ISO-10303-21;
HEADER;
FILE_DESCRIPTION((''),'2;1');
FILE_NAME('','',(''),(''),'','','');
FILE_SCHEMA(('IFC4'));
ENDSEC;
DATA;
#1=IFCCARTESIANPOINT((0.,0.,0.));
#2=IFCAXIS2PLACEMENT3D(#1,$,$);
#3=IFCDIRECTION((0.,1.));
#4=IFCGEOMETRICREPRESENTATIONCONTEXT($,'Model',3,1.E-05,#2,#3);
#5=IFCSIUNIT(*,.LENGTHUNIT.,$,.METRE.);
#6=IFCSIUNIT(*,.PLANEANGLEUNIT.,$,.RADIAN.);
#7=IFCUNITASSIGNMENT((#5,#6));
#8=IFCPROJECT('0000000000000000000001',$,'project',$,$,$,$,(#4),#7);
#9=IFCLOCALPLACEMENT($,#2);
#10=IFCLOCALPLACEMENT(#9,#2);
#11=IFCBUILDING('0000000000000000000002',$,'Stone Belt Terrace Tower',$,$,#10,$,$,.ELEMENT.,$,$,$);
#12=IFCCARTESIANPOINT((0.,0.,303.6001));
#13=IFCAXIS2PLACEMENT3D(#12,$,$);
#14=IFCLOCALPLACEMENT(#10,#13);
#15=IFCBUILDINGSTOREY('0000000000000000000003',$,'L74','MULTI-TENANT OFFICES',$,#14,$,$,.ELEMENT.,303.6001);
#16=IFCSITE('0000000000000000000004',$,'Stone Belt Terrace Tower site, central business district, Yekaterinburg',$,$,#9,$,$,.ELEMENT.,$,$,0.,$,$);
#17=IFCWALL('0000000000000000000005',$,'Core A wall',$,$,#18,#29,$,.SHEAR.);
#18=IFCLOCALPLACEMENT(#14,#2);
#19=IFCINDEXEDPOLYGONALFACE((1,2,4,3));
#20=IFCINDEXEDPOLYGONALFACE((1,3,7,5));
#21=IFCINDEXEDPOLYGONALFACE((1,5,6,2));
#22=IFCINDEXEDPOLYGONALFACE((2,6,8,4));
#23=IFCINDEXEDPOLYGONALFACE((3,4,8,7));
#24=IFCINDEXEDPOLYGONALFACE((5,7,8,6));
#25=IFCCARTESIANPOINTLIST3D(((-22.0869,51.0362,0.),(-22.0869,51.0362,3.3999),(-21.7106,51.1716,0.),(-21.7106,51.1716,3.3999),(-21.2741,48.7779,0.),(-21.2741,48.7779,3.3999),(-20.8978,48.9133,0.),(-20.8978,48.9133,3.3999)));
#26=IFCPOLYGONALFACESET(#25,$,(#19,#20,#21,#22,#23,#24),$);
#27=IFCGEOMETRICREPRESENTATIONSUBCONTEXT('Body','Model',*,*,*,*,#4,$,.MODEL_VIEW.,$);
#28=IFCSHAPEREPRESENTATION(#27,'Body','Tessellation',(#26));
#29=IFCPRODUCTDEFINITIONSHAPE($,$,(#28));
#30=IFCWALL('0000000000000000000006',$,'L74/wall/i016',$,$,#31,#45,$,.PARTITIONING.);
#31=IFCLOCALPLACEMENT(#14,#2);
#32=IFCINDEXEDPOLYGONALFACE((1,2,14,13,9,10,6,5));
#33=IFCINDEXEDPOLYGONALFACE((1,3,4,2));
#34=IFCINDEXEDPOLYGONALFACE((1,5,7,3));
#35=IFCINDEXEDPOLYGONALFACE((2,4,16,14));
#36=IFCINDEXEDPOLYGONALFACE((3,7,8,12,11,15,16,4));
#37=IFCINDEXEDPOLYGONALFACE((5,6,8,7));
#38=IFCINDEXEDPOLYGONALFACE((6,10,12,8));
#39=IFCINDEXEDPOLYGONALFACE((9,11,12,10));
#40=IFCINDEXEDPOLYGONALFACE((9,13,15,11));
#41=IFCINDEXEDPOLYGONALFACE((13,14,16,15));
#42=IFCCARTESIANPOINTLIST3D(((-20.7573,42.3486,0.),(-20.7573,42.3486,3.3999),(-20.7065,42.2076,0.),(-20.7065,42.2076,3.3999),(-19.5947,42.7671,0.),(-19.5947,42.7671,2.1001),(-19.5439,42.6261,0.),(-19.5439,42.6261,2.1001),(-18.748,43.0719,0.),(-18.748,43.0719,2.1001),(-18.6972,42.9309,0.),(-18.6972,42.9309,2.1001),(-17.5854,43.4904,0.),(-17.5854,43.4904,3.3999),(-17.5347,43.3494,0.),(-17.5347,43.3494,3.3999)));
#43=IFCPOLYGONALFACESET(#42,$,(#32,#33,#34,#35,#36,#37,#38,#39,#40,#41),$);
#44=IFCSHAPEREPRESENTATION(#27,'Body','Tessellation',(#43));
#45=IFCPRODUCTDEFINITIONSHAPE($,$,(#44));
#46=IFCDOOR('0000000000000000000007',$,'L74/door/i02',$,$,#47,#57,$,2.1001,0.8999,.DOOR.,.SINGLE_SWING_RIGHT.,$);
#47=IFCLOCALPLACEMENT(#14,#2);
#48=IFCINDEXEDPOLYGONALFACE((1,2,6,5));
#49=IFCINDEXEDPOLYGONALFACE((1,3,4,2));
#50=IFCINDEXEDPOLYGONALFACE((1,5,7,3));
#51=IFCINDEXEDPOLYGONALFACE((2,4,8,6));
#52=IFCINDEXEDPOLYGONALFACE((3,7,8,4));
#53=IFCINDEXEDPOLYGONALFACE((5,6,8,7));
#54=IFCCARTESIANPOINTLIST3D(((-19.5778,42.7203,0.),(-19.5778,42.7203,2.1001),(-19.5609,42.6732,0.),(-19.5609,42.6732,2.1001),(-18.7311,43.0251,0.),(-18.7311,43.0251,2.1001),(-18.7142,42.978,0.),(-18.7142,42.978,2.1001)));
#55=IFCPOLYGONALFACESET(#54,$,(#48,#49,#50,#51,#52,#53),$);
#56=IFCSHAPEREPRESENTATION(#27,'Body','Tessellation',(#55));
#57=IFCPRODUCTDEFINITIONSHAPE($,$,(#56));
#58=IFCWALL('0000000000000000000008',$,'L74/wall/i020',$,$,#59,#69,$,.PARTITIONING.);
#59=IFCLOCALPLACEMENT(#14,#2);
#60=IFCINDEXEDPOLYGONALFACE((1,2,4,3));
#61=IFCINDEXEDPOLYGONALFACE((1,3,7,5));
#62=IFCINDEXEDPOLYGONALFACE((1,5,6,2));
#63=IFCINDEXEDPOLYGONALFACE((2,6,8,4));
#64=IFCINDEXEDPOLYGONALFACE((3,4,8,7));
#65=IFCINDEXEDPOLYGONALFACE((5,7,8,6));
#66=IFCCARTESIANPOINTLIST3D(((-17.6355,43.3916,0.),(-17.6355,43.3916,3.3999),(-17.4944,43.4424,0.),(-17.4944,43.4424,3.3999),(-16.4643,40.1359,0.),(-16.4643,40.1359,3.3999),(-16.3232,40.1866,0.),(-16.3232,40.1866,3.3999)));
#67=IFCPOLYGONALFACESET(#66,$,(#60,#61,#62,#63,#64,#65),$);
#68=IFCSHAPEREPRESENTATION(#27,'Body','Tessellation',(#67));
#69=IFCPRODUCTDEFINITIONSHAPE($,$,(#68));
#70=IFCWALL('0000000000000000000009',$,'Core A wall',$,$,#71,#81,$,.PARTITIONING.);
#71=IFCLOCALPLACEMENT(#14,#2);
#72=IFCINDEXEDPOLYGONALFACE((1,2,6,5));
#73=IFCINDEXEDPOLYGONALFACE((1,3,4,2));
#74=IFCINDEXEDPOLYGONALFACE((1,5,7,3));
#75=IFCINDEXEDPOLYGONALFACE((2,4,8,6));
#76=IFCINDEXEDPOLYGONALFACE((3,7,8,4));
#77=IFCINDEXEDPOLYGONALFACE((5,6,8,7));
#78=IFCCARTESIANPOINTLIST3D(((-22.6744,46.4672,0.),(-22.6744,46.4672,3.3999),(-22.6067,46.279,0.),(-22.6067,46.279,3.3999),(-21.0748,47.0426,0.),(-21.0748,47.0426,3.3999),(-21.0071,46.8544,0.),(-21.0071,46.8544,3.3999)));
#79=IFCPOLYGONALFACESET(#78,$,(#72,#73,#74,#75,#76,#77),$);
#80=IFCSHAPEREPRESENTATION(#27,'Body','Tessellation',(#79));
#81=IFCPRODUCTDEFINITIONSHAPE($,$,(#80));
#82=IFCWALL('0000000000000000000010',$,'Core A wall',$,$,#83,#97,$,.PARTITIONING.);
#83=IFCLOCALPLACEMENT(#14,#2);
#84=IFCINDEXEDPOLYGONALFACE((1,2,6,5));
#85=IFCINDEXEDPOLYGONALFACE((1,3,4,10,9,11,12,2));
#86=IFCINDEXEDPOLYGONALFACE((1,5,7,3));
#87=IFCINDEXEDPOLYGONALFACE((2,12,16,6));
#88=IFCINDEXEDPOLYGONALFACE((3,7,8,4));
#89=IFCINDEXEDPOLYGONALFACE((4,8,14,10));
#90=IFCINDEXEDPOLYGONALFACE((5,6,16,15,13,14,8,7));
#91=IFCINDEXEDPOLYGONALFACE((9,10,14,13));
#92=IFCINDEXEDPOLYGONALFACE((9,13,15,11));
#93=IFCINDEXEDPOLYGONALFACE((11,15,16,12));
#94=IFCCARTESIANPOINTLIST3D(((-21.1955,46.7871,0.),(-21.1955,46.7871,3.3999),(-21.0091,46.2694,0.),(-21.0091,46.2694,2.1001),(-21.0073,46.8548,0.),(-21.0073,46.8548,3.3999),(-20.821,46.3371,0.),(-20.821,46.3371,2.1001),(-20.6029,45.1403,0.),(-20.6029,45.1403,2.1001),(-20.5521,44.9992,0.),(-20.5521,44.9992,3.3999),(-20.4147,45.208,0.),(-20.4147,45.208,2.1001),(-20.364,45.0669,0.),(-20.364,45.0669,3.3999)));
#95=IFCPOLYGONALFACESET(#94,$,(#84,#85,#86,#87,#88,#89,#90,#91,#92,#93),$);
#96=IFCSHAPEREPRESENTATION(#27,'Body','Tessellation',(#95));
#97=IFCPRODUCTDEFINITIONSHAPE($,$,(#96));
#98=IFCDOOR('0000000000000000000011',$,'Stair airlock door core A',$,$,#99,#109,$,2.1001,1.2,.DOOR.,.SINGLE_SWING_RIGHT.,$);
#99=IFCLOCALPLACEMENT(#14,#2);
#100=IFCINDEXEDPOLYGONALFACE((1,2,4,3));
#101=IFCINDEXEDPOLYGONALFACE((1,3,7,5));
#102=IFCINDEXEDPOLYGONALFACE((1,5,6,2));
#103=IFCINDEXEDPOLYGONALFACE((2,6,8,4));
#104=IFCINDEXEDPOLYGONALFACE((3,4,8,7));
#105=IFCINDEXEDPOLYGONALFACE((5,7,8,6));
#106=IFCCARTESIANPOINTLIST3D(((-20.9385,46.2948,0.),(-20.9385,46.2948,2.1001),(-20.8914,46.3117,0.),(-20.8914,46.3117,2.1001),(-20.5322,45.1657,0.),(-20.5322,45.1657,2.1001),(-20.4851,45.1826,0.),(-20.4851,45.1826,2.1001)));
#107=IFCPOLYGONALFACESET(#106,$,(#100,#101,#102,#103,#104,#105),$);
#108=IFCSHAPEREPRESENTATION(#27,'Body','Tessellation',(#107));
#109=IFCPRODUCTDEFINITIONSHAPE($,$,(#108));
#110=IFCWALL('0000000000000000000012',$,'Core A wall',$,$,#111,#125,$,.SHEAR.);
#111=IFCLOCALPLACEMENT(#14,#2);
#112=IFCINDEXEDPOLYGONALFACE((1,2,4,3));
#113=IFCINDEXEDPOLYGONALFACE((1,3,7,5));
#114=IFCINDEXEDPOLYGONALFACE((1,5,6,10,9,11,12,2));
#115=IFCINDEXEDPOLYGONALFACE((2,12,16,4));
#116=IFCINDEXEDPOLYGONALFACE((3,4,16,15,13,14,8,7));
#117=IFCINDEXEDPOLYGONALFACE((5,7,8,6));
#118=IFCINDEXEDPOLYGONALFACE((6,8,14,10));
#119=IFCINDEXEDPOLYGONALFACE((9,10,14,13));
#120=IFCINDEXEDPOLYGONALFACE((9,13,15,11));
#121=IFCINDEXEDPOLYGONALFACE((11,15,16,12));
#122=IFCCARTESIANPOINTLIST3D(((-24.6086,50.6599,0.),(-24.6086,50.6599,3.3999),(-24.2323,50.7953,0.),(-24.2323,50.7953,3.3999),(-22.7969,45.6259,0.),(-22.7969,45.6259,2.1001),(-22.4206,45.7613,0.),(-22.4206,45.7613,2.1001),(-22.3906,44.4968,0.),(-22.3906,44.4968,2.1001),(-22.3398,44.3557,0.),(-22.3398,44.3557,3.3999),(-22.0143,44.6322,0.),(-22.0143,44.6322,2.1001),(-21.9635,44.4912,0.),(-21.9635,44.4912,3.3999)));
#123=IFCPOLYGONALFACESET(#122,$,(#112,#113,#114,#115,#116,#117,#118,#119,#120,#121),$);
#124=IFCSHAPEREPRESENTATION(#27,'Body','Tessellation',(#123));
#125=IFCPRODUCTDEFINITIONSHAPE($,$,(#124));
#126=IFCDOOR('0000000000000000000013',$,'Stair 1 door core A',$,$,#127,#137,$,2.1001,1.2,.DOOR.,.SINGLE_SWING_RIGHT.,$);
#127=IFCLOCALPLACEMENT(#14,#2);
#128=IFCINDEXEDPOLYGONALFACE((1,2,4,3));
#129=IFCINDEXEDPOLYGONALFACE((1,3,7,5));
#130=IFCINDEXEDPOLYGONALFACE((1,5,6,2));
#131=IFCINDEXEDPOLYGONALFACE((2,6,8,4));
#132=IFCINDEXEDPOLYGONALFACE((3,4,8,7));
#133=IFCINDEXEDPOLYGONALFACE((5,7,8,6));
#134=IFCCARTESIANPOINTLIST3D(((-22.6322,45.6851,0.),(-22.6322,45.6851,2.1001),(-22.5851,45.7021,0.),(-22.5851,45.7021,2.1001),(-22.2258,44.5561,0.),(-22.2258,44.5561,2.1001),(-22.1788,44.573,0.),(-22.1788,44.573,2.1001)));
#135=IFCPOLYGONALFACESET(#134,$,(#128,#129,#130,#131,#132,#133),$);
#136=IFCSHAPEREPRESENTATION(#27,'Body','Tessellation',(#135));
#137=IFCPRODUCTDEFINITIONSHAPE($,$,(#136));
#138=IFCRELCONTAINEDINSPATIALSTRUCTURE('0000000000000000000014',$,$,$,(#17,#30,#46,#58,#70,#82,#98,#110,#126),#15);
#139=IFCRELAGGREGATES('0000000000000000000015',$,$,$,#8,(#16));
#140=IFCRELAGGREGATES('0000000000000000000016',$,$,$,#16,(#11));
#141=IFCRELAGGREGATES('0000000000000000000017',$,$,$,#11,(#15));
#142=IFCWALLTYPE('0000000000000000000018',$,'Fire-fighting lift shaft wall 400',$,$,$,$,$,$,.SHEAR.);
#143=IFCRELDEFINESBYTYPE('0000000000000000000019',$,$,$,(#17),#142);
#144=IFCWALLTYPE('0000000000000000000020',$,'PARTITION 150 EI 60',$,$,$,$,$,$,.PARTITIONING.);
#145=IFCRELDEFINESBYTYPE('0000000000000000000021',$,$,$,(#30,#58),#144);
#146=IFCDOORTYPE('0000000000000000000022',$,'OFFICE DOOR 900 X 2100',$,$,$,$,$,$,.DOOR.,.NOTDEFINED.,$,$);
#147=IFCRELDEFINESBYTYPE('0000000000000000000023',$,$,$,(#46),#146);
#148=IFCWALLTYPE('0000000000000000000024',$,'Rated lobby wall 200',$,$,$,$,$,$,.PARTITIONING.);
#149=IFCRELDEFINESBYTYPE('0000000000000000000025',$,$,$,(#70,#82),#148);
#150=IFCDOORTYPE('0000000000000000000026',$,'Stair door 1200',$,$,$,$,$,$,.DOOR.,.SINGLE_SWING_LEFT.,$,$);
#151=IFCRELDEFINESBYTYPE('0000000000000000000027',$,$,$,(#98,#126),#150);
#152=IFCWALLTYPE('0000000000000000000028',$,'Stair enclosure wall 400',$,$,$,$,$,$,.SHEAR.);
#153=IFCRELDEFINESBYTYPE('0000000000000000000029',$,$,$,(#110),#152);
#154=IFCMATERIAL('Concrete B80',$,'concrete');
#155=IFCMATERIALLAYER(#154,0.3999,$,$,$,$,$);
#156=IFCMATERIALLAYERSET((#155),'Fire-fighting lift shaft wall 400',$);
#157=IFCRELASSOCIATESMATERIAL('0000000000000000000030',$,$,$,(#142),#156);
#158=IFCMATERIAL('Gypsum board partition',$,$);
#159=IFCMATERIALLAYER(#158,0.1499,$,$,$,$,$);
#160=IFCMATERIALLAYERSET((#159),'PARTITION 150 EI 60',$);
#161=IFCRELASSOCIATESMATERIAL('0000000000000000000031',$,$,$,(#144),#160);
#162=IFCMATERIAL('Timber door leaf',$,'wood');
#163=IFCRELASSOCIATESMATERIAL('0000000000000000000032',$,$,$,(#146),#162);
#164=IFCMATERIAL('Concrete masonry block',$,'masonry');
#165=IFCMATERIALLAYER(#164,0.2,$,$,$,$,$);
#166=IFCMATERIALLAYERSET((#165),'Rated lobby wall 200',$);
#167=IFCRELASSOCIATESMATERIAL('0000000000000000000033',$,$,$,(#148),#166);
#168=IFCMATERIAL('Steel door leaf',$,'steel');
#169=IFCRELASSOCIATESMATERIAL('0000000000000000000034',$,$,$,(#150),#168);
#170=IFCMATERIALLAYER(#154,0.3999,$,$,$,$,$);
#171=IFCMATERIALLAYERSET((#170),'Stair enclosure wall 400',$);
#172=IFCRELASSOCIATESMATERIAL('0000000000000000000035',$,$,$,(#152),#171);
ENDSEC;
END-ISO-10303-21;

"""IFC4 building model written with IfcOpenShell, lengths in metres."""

from ifc_helpers import new_model, si_unit, direction, frame, frame_2d, origin, place, context, subcontext, project, spatial, rectangle, extrude, material, layer, layer_set, type_object, element, fill, save


model = new_model("IFC4")

# Units and contexts
model_context = context("Model", 3, precision=1e-05, world=origin(), true_north=direction((0.0, 1.0)))
body_context = subcontext(model_context, "Body", "Model", "MODEL_VIEW")
ifc_project = project(units=[si_unit("LENGTHUNIT", "METRE"), si_unit("PLANEANGLEUNIT", "RADIAN")], contexts=[model_context])

# Site, building, storey
site_placement = place(None, origin())
site = spatial("IfcSite", under=ifc_project, at=site_placement, Name="Stone Belt Terrace Tower site, central business district, Yekaterinburg", CompositionType="ELEMENT", RefElevation=0.0)
building_placement = place(site_placement, origin())
building = spatial("IfcBuilding", under=site, at=building_placement, Name="Stone Belt Terrace Tower", CompositionType="ELEMENT")
storey_placement = place(building_placement, frame((0.0, 0.0, 303.6001)))
storey = spatial("IfcBuildingStorey", under=building, at=storey_placement, Name="L74", Description="MULTI-TENANT OFFICES", CompositionType="ELEMENT", Elevation=303.6001)

# Wall
ifc_material_1 = material(Name="Concrete B80", Category="concrete")
ifc_layer_1 = layer(ifc_material_1, 0.3999)
ifc_layer_set_1 = layer_set([ifc_layer_1], Name="Fire-fighting lift shaft wall 400")
wall_type_1 = type_object("IfcWallType", Name="Fire-fighting lift shaft wall 400", PredefinedType="SHEAR", material=ifc_layer_set_1)
wall_1_placement = place(storey_placement, frame((-21.0859, 48.8455, 0.0), z_axis=(0.0, 0.0, 1.0), x_axis=(-0.338629, 0.94092, 0.0)))
element("IfcWall", 1, at=wall_1_placement, inside=storey, type_object=wall_type_1, Name="Core A wall", PredefinedType="SHEAR", context=body_context, shape_type="SweptSolid", body=[
    extrude(rectangle(XDim=2.4001, YDim=0.3999, at=frame_2d((1.2002, 0.0))), origin(), (0.0, 0.0, 1.0), 3.3999),
])

# Wall, opening, door
ifc_material_2 = material(Name="Gypsum board partition")
ifc_layer_2 = layer(ifc_material_2, 0.1499)
ifc_layer_set_2 = layer_set([ifc_layer_2], Name="PARTITION 150 EI 60")
wall_type_2 = type_object("IfcWallType", Name="PARTITION 150 EI 60", PredefinedType="PARTITIONING", material=ifc_layer_set_2)
wall_2_placement = place(storey_placement, frame((-17.5601, 43.4199, 0.0), z_axis=(0.0, 0.0, 1.0), x_axis=(-0.94089, -0.338712, 0.0)))
wall_2 = element("IfcWall", 2, at=wall_2_placement, inside=storey, type_object=wall_type_2, Name="L74/wall/i016", PredefinedType="PARTITIONING", context=body_context, shape_type="SweptSolid", body=[
    extrude(rectangle(XDim=3.3711, YDim=0.1499, at=frame_2d((1.6855, 0.0))), origin(), (0.0, 0.0, 1.0), 3.3999),
])
opening_1_placement = place(wall_2_placement, frame((1.2356, 0.0, 0.0)))
opening_1 = element("IfcOpeningElement", 3, at=opening_1_placement, cuts=wall_2, PredefinedType="OPENING", context=body_context, shape_type="SweptSolid", body=[
    extrude(rectangle(XDim=0.8999, YDim=2.1001, at=frame_2d((0.45, 1.05))), frame((0.0, 0.085, 0.0), z_axis=(0.0, -1.0, 0.0), x_axis=(1.0, 0.0, 0.0)), (0.0, 0.0, 1.0), 0.1699),
])
ifc_material_3 = material(Name="Timber door leaf", Category="wood")
door_type_1 = type_object("IfcDoorType", Name="OFFICE DOOR 900 X 2100", OperationType="NOTDEFINED", PredefinedType="DOOR", material=ifc_material_3)
door_1_placement = place(opening_1_placement, origin())
door_1 = element("IfcDoor", 4, at=door_1_placement, inside=storey, type_object=door_type_1, Name="L74/door/i02", OperationType="SINGLE_SWING_RIGHT", OverallHeight=2.1001, OverallWidth=0.8999, PredefinedType="DOOR", context=body_context, shape_type="SweptSolid", body=[
    extrude(rectangle(XDim=0.8999, YDim=2.1001, at=frame_2d((0.45, 1.05))), frame((0.0, 0.0249, 0.0), z_axis=(0.0, -1.0, 0.0), x_axis=(1.0, 0.0, 0.0)), (0.0, 0.0, 1.0), 0.05),
])
fill(opening_1, door_1)

# Walls
wall_3_placement = place(storey_placement, frame((-17.5649, 43.417, 0.0), z_axis=(0.0, 0.0, 1.0), x_axis=(0.338495, -0.940968, 0.0)))
element("IfcWall", 5, at=wall_3_placement, inside=storey, type_object=wall_type_2, Name="L74/wall/i020", PredefinedType="PARTITIONING", context=body_context, shape_type="SweptSolid", body=[
    extrude(rectangle(XDim=3.46, YDim=0.1499, at=frame_2d((1.73, 0.0))), origin(), (0.0, 0.0, 1.0), 3.3999),
])
ifc_material_4 = material(Name="Concrete masonry block", Category="masonry")
ifc_layer_3 = layer(ifc_material_4, 0.2)
ifc_layer_set_3 = layer_set([ifc_layer_3], Name="Rated lobby wall 200")
wall_type_3 = type_object("IfcWallType", Name="Rated lobby wall 200", PredefinedType="PARTITIONING", material=ifc_layer_set_3)
wall_4_placement = place(storey_placement, frame((-22.6406, 46.373, 0.0), z_axis=(0.0, 0.0, 1.0), x_axis=(0.940966, 0.338501, 0.0)))
element("IfcWall", 6, at=wall_4_placement, inside=storey, type_object=wall_type_3, Name="Core A wall", PredefinedType="PARTITIONING", context=body_context, shape_type="SweptSolid", body=[
    extrude(rectangle(XDim=1.7, YDim=0.2, at=frame_2d((0.8501, 0.0))), origin(), (0.0, 0.0, 1.0), 3.3999),
])

# Walls, openings, doors
wall_5_placement = place(storey_placement, frame((-20.458, 45.033, 0.0), z_axis=(0.0, 0.0, 1.0), x_axis=(-0.338574, 0.94094, 0.0)))
wall_5 = element("IfcWall", 7, at=wall_5_placement, inside=storey, type_object=wall_type_3, Name="Core A wall", PredefinedType="PARTITIONING", context=body_context, shape_type="SweptSolid", body=[
    extrude(rectangle(XDim=1.9001, YDim=0.2, at=frame_2d((0.9502, 0.0))), origin(), (0.0, 0.0, 1.0), 3.3999),
])
opening_2_placement = place(wall_5_placement, frame((0.1499, 0.0, 0.0)))
opening_2 = element("IfcOpeningElement", 8, at=opening_2_placement, cuts=wall_5, PredefinedType="OPENING", context=body_context, shape_type="SweptSolid", body=[
    extrude(rectangle(XDim=1.2, YDim=2.1001, at=frame_2d((0.6001, 1.05))), frame((0.0, 0.1099, 0.0), z_axis=(0.0, -1.0, 0.0), x_axis=(1.0, 0.0, 0.0)), (0.0, 0.0, 1.0), 0.22),
])
ifc_material_5 = material(Name="Steel door leaf", Category="steel")
door_type_2 = type_object("IfcDoorType", Name="Stair door 1200", OperationType="SINGLE_SWING_LEFT", PredefinedType="DOOR", material=ifc_material_5)
door_2_placement = place(opening_2_placement, origin())
door_2 = element("IfcDoor", 9, at=door_2_placement, inside=storey, type_object=door_type_2, Name="Stair airlock door core A", OperationType="SINGLE_SWING_RIGHT", OverallHeight=2.1001, OverallWidth=1.2, PredefinedType="DOOR", context=body_context, shape_type="SweptSolid", body=[
    extrude(rectangle(XDim=1.2, YDim=2.1001, at=frame_2d((0.6001, 1.05))), frame((0.0, 0.0249, 0.0), z_axis=(0.0, -1.0, 0.0), x_axis=(1.0, 0.0, 0.0)), (0.0, 0.0, 1.0), 0.05),
])
fill(opening_2, door_2)
ifc_layer_4 = layer(ifc_material_1, 0.3999)
ifc_layer_set_4 = layer_set([ifc_layer_4], Name="Stair enclosure wall 400")
wall_type_4 = type_object("IfcWallType", Name="Stair enclosure wall 400", PredefinedType="SHEAR", material=ifc_layer_set_4)
wall_6_placement = place(storey_placement, frame((-22.1516, 44.4233, 0.0), z_axis=(0.0, 0.0, 1.0), x_axis=(-0.338625, 0.940921, 0.0)))
wall_6 = element("IfcWall", 10, at=wall_6_placement, inside=storey, type_object=wall_type_4, Name="Core A wall", PredefinedType="SHEAR", context=body_context, shape_type="SweptSolid", body=[
    extrude(rectangle(XDim=6.7, YDim=0.3999, at=frame_2d((3.3501, 0.0))), origin(), (0.0, 0.0, 1.0), 3.3999),
])
opening_3_placement = place(wall_6_placement, frame((0.1499, 0.0, 0.0)))
opening_3 = element("IfcOpeningElement", 11, at=opening_3_placement, cuts=wall_6, PredefinedType="OPENING", context=body_context, shape_type="SweptSolid", body=[
    extrude(rectangle(XDim=1.2, YDim=2.1001, at=frame_2d((0.6001, 1.05))), frame((0.0, 0.21, 0.0), z_axis=(0.0, -1.0, 0.0), x_axis=(1.0, 0.0, 0.0)), (0.0, 0.0, 1.0), 0.4199),
])
door_3_placement = place(opening_3_placement, origin())
door_3 = element("IfcDoor", 12, at=door_3_placement, inside=storey, type_object=door_type_2, Name="Stair 1 door core A", OperationType="SINGLE_SWING_RIGHT", OverallHeight=2.1001, OverallWidth=1.2, PredefinedType="DOOR", context=body_context, shape_type="SweptSolid", body=[
    extrude(rectangle(XDim=1.2, YDim=2.1001, at=frame_2d((0.6001, 1.05))), frame((0.0, 0.0249, 0.0), z_axis=(0.0, -1.0, 0.0), x_axis=(1.0, 0.0, 0.0)), (0.0, 0.0, 1.0), 0.05),
])
fill(opening_3, door_3)

save(model, "model.ifc")
